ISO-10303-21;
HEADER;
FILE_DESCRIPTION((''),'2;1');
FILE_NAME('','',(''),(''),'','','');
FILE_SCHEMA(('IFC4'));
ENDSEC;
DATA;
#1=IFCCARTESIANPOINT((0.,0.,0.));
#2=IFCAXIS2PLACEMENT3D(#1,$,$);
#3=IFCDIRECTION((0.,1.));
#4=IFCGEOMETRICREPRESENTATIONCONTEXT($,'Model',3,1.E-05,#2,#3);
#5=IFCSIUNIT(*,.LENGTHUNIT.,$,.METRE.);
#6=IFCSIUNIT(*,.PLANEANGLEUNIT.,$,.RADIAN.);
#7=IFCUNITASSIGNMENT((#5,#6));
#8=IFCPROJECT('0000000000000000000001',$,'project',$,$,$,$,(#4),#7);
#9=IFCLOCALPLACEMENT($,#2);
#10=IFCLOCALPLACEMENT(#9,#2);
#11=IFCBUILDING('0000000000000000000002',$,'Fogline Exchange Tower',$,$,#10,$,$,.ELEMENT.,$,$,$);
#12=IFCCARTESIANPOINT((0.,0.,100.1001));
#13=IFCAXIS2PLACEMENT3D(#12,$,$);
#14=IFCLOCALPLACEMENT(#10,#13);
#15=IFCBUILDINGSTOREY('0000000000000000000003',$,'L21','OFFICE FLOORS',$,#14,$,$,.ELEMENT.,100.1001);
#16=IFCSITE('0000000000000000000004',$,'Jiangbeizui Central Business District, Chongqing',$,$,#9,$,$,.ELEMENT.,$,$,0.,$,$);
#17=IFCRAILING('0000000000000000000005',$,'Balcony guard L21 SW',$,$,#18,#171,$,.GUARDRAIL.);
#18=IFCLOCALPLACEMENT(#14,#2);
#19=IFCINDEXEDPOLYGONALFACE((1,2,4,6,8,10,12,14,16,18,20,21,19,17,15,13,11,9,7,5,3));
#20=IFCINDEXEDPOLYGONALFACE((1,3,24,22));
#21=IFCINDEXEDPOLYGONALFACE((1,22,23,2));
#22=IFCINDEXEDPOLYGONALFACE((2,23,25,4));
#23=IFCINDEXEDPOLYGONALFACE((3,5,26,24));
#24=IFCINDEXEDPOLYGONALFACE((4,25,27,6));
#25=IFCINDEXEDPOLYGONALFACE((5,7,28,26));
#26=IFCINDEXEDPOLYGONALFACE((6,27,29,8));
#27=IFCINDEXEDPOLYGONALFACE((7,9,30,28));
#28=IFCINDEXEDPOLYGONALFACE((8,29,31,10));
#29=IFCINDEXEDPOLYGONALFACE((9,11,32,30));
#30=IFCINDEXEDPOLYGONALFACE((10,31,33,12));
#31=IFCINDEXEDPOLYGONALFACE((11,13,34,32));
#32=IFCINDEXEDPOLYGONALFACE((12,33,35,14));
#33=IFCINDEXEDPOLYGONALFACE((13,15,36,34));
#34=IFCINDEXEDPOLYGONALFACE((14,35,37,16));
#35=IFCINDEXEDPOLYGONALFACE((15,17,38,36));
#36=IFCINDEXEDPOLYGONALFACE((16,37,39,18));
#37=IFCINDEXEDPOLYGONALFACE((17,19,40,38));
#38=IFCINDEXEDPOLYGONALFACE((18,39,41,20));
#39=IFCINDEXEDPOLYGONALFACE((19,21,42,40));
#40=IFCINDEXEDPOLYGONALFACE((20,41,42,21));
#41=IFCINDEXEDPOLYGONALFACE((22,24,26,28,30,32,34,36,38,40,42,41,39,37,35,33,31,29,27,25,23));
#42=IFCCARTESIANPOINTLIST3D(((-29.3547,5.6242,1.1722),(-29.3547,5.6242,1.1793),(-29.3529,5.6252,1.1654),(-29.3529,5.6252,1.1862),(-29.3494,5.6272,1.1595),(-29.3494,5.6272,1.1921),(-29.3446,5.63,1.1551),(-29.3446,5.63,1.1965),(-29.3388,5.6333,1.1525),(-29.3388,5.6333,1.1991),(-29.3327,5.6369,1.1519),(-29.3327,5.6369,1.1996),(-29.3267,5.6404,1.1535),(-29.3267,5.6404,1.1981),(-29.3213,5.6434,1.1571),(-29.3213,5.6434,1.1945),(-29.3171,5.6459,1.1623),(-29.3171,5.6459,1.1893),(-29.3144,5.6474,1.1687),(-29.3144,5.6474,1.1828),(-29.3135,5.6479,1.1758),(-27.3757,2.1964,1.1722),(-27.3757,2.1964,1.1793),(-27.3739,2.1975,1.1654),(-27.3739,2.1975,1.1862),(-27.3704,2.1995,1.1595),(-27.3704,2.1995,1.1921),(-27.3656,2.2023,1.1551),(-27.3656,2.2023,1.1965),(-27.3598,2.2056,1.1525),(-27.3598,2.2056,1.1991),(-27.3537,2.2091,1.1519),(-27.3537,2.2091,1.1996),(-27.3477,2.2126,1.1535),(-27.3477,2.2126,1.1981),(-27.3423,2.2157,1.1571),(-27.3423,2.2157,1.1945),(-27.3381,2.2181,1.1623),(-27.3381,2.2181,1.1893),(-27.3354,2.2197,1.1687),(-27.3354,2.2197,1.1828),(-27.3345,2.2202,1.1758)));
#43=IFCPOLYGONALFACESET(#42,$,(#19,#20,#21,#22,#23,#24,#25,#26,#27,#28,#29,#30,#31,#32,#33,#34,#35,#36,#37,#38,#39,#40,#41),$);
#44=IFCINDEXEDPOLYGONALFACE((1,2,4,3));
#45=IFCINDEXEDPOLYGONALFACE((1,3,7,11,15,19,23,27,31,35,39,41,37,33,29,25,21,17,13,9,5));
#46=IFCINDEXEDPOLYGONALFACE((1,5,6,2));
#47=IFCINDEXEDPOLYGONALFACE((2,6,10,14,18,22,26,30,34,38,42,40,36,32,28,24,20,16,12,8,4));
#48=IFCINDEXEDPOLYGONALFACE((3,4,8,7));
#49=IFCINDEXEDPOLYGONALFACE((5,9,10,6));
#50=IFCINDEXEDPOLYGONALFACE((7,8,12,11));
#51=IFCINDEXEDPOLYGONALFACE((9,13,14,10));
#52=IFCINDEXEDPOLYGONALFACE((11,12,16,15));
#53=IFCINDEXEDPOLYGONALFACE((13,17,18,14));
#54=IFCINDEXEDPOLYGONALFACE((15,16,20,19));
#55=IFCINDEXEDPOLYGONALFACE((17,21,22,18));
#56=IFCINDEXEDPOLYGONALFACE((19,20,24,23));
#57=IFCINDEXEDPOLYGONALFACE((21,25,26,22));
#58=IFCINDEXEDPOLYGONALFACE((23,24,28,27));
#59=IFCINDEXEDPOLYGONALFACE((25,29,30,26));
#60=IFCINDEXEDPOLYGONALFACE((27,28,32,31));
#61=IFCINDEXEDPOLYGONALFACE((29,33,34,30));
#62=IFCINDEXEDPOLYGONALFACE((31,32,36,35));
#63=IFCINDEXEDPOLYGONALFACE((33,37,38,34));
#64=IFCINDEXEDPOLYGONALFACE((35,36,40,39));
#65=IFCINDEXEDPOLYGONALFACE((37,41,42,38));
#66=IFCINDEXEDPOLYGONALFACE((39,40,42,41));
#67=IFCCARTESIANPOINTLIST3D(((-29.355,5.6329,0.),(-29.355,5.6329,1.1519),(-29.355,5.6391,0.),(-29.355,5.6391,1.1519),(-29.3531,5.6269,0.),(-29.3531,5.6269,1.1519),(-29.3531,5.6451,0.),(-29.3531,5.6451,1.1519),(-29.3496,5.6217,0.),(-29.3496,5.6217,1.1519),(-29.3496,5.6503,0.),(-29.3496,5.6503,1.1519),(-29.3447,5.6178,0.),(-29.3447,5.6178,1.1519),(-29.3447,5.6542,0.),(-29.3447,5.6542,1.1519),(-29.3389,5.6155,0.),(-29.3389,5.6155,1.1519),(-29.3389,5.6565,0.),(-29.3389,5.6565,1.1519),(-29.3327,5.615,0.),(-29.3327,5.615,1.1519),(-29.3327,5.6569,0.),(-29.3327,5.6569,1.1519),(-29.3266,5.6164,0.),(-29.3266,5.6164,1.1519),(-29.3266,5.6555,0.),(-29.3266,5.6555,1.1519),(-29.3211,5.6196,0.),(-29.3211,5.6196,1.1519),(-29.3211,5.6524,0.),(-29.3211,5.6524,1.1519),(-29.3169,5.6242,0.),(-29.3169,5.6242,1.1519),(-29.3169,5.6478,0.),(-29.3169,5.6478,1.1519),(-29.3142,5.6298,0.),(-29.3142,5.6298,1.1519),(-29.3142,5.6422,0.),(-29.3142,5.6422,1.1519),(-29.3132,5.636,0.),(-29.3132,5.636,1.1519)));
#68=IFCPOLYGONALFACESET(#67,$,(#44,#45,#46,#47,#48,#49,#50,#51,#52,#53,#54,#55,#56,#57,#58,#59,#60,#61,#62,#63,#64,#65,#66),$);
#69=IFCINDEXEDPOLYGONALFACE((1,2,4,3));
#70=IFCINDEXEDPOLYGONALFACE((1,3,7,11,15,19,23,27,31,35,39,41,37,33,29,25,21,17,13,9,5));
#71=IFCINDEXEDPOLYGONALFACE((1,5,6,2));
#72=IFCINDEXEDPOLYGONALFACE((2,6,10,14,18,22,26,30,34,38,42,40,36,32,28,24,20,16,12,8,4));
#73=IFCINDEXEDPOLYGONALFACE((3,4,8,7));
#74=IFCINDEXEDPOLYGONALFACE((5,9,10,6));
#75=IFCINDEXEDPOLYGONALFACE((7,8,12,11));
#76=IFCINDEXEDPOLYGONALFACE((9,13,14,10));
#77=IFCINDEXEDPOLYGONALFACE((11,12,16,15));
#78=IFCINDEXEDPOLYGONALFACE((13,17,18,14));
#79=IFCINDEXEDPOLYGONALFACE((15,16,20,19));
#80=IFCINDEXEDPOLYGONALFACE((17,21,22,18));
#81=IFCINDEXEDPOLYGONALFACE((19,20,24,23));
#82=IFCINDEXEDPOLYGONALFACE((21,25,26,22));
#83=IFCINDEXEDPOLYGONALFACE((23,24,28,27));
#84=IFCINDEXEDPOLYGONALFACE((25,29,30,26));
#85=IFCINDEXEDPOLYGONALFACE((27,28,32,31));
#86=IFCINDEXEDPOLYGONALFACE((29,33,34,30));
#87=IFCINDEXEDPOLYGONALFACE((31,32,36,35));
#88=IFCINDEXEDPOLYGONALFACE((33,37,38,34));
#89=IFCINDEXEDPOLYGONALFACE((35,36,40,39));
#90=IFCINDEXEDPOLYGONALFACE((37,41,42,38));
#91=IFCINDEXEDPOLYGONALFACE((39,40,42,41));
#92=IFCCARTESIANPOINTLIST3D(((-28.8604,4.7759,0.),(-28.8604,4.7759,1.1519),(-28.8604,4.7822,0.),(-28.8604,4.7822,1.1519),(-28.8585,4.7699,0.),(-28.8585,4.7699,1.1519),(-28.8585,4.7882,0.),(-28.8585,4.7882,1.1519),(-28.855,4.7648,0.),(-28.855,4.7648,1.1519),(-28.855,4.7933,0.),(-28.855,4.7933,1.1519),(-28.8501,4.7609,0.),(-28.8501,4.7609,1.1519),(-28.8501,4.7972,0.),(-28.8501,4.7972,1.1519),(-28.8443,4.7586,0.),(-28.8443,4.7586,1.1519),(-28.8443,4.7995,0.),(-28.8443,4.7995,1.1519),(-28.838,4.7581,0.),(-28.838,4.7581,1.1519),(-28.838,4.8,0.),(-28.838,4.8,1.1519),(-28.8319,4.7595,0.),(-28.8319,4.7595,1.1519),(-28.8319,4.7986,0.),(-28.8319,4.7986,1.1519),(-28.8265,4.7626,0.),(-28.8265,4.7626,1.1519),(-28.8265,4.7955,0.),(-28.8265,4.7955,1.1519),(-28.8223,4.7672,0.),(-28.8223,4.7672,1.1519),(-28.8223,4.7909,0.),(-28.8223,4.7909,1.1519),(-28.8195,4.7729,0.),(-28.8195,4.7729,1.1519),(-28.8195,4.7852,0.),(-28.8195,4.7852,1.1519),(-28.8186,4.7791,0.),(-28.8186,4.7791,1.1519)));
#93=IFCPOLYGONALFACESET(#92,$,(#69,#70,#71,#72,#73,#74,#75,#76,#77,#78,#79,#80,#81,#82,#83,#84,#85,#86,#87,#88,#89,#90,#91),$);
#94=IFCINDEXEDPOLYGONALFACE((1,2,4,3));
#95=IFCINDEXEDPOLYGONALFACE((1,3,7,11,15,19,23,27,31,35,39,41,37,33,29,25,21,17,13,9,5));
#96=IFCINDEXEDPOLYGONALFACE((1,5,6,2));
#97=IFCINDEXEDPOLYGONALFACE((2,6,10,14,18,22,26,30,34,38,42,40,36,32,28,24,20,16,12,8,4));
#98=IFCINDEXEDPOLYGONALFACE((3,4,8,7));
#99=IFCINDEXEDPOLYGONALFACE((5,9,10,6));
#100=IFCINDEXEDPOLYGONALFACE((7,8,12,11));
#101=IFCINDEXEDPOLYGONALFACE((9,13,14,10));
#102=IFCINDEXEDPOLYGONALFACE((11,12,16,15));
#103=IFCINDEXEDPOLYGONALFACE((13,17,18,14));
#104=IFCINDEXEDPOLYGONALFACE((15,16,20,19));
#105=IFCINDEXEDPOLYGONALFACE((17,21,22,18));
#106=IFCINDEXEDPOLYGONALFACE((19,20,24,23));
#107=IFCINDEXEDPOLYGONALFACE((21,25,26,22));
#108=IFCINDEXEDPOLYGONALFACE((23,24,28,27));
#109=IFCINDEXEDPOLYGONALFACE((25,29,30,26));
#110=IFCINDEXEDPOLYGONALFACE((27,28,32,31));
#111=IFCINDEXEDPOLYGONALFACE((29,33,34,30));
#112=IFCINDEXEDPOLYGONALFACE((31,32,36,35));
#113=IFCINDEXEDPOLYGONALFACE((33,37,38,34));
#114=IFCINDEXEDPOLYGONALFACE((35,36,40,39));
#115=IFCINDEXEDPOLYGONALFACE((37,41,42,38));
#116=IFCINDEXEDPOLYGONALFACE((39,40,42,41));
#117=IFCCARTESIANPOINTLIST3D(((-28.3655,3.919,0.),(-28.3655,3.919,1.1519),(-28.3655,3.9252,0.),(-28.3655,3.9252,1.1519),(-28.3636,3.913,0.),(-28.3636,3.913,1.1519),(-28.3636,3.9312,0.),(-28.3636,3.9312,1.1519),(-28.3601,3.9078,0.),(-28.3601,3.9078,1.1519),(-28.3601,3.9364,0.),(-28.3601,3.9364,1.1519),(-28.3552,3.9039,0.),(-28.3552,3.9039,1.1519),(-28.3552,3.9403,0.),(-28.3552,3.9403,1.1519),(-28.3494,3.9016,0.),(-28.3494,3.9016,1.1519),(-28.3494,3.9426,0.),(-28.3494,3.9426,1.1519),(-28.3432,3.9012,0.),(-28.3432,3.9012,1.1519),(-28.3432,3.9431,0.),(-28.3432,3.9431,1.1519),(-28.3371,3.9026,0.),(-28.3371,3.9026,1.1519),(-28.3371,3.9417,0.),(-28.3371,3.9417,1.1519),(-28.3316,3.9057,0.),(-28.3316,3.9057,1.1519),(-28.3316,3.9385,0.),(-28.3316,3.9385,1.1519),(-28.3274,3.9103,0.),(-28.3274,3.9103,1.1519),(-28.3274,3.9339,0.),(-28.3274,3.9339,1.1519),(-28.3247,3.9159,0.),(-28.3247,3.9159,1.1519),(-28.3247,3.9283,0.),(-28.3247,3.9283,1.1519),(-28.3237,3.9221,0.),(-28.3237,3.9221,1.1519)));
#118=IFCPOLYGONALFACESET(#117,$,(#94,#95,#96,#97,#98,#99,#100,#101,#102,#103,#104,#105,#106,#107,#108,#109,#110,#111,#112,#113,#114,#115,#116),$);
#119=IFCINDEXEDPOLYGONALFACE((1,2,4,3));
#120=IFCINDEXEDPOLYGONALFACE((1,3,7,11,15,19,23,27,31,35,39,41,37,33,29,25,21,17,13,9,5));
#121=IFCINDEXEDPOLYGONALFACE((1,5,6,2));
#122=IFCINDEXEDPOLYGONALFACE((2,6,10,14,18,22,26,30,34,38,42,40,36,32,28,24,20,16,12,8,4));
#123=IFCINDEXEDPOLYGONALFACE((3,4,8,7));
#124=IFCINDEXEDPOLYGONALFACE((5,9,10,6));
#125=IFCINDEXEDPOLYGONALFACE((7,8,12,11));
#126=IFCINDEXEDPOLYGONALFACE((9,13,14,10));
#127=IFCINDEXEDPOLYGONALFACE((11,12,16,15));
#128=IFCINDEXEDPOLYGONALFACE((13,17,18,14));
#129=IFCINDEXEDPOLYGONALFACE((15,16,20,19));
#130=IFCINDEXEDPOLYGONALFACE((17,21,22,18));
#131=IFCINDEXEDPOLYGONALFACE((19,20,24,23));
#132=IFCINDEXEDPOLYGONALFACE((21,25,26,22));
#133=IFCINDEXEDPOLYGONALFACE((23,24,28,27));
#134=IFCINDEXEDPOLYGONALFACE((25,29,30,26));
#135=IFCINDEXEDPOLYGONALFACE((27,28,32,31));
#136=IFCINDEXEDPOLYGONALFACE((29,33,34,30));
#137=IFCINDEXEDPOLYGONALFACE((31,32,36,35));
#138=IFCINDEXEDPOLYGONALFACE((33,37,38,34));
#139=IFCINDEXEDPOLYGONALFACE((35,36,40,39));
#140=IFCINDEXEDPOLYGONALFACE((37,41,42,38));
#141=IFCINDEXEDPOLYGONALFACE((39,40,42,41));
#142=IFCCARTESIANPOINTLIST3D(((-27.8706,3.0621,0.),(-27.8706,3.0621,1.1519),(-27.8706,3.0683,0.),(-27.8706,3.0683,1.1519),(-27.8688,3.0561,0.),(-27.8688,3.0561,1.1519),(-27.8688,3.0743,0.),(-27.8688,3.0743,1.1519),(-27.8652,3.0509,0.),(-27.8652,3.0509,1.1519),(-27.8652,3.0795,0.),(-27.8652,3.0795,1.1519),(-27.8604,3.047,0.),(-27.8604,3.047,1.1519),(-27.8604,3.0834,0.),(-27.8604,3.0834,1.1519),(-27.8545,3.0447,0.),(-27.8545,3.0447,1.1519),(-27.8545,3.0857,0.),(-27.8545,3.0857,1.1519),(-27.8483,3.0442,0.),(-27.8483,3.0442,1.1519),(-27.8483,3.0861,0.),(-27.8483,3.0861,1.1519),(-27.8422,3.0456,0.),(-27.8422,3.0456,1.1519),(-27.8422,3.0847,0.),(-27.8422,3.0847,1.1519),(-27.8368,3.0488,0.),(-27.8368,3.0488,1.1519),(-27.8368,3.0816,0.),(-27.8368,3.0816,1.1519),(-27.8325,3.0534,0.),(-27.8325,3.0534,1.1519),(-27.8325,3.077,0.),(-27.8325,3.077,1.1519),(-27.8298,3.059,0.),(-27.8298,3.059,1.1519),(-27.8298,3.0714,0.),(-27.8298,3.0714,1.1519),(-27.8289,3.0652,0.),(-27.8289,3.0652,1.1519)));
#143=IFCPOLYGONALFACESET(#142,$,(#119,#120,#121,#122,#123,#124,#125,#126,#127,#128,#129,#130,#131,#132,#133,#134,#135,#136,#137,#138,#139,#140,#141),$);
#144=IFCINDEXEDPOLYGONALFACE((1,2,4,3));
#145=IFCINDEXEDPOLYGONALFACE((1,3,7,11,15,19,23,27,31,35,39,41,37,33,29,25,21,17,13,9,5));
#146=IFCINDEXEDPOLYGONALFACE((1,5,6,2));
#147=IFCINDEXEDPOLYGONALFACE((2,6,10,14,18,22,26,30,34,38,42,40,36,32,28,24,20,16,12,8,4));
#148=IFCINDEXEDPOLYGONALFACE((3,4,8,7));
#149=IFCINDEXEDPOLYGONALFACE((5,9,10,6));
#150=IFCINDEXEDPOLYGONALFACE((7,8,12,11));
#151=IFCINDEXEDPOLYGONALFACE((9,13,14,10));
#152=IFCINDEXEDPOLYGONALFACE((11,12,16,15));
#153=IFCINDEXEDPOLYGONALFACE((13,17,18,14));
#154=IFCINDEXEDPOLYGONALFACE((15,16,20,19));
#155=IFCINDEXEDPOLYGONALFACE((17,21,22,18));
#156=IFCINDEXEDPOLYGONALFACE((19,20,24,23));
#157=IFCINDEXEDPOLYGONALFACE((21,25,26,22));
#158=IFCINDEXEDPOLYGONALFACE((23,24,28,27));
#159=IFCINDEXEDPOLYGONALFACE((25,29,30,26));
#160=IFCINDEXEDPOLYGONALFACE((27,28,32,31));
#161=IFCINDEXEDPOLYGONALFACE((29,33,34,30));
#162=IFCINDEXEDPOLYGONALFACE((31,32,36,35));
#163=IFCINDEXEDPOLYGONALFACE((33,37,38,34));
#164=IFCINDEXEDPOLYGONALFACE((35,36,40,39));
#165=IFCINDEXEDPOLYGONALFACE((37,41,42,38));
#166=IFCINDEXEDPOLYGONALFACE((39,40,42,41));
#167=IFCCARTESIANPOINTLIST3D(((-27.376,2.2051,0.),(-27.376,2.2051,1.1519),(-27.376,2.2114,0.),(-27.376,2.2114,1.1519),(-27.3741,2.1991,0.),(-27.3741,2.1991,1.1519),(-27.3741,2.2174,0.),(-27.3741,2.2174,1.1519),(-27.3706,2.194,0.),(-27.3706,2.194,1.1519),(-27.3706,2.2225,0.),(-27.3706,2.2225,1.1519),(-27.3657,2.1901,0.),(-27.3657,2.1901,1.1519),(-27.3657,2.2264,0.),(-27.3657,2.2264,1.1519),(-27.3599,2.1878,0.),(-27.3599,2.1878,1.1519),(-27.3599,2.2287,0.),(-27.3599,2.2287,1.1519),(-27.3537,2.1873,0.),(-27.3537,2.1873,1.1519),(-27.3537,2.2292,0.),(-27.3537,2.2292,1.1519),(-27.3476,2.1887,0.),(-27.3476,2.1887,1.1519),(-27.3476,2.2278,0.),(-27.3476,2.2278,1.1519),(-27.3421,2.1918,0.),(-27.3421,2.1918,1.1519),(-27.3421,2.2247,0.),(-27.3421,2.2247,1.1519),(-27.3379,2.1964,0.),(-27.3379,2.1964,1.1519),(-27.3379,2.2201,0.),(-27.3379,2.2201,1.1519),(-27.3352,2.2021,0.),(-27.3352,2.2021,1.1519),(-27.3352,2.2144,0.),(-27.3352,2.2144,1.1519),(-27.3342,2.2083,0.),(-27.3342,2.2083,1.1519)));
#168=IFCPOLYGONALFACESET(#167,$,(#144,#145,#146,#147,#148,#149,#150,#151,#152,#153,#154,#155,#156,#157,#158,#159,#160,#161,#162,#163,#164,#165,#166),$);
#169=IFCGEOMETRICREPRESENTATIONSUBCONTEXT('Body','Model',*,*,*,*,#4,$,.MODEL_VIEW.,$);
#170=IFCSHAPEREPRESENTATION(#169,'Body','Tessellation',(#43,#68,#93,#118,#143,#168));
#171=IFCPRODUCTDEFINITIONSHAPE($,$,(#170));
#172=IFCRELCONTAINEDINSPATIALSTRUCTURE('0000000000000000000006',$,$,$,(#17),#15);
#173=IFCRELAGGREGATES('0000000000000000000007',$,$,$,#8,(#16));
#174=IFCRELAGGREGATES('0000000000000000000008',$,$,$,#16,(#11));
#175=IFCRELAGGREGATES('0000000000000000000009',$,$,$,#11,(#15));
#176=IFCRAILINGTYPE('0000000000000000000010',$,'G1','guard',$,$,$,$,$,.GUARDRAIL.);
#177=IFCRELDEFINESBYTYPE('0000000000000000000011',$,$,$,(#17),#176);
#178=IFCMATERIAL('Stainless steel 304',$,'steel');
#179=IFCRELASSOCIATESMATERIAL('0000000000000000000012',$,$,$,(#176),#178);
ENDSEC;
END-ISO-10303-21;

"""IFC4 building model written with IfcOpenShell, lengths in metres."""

from ifc_helpers import new_model, si_unit, direction, frame, origin, origin_2d, place, context, subcontext, project, spatial, circle, extrude, material, type_object, element, save


model = new_model("IFC4")

# Units and contexts
model_context = context("Model", 3, precision=1e-05, world=origin(), true_north=direction((0.0, 1.0)))
body_context = subcontext(model_context, "Body", "Model", "MODEL_VIEW")
ifc_project = project(units=[si_unit("LENGTHUNIT", "METRE"), si_unit("PLANEANGLEUNIT", "RADIAN")], contexts=[model_context])

# Site, building, storey
site_placement = place(None, origin())
site = spatial("IfcSite", under=ifc_project, at=site_placement, Name="Jiangbeizui Central Business District, Chongqing", CompositionType="ELEMENT", RefElevation=0.0)
building_placement = place(site_placement, origin())
building = spatial("IfcBuilding", under=site, at=building_placement, Name="Fogline Exchange Tower", CompositionType="ELEMENT")
storey_placement = place(building_placement, frame((0.0, 0.0, 100.1001)))
storey = spatial("IfcBuildingStorey", under=building, at=storey_placement, Name="L21", Description="OFFICE FLOORS", CompositionType="ELEMENT", Elevation=100.1001)

# Railing
ifc_material_1 = material(Name="Stainless steel 304", Category="steel")
railing_type = type_object("IfcRailingType", Name="G1", Description="guard", PredefinedType="GUARDRAIL", material=ifc_material_1)
railing_placement = place(storey_placement, frame((-29.3342, 5.636, 0.0)))
element("IfcRailing", 1, at=railing_placement, inside=storey, type_object=railing_type, Name="Balcony guard L21 SW", PredefinedType="GUARDRAIL", context=body_context, shape_type="SweptSolid", body=[
    extrude(circle(Radius=0.0239, at=origin_2d()), frame((0.0, 0.0, 1.1758), z_axis=(0.5, -0.866025, 0.0), x_axis=(0.866025, 0.5, 0.0)), (0.0, 0.0, 1.0), 3.958),
    extrude(circle(Radius=0.021, at=origin_2d()), origin(), (0.0, 0.0, 1.0), 1.1519),
    extrude(circle(Radius=0.021, at=origin_2d()), frame((0.4946, -0.8569, 0.0)), (0.0, 0.0, 1.0), 1.1519),
    extrude(circle(Radius=0.021, at=origin_2d()), frame((0.9895, -1.7139, 0.0)), (0.0, 0.0, 1.0), 1.1519),
    extrude(circle(Radius=0.021, at=origin_2d()), frame((1.4844, -2.5708, 0.0)), (0.0, 0.0, 1.0), 1.1519),
    extrude(circle(Radius=0.021, at=origin_2d()), frame((1.979, -3.4277, 0.0)), (0.0, 0.0, 1.0), 1.1519),
])

save(model, "model.ifc")
